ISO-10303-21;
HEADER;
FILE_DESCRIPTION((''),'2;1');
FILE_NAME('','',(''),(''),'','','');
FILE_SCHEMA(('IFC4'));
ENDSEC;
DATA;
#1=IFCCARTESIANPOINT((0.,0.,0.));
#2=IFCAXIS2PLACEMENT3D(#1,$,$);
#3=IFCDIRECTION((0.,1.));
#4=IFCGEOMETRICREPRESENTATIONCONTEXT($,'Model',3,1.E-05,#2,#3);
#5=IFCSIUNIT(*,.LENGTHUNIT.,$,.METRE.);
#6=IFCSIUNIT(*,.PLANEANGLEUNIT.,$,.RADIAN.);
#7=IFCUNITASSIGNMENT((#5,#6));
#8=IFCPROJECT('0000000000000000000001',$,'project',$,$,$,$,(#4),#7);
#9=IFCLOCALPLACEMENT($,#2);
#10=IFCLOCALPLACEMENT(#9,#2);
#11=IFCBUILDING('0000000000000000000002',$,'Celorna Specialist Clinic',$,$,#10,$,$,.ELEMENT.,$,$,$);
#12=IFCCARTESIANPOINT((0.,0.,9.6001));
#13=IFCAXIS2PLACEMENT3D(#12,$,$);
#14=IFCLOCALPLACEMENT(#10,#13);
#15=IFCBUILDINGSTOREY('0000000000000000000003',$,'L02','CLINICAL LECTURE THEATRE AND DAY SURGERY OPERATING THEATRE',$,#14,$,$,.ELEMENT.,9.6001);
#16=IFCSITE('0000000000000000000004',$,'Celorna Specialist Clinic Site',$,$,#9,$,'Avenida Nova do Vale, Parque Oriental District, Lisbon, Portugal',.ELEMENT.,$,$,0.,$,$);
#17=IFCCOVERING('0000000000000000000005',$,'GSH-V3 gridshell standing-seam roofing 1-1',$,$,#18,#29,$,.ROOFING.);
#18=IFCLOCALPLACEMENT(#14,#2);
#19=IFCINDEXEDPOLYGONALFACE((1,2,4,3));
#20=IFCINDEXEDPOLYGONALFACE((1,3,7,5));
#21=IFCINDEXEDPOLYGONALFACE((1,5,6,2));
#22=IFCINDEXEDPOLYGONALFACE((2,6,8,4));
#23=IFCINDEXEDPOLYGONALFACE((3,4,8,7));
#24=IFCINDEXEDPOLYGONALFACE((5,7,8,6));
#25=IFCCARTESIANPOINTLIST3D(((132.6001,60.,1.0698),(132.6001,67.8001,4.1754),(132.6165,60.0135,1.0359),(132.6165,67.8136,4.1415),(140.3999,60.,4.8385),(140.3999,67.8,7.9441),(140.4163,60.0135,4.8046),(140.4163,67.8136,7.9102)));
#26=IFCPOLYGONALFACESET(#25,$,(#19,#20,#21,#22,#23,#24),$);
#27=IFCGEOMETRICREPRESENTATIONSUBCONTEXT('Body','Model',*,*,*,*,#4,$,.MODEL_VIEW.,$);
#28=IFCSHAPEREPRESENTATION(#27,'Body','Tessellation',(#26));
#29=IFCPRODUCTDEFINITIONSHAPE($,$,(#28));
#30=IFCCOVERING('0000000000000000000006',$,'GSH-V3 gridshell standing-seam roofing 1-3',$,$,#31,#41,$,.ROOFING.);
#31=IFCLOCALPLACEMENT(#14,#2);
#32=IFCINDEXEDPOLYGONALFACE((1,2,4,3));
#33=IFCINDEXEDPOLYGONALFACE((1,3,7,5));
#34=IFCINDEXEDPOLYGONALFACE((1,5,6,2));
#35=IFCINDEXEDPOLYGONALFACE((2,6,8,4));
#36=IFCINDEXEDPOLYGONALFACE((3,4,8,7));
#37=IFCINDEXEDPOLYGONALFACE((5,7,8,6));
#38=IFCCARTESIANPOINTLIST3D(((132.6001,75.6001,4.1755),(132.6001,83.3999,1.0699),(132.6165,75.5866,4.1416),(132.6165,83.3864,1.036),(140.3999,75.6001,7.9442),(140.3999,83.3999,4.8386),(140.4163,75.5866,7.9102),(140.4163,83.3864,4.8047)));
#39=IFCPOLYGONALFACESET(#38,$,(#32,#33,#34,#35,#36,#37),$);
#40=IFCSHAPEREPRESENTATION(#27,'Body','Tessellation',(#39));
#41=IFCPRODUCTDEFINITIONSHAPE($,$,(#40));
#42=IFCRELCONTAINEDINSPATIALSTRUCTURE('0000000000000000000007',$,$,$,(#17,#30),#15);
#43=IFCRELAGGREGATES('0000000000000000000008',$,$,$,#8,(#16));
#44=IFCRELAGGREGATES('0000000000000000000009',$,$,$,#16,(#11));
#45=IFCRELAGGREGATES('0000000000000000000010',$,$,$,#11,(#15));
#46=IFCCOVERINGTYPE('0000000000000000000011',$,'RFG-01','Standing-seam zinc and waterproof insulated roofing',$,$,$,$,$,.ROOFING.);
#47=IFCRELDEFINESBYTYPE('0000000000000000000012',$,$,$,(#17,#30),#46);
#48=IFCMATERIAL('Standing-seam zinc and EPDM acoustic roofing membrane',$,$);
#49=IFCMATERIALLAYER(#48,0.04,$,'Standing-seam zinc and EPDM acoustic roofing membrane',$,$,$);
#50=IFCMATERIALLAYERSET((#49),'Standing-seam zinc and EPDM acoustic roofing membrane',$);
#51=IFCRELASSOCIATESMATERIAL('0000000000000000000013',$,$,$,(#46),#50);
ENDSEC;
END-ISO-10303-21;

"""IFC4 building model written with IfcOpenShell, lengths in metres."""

from ifc_helpers import new_model, si_unit, direction, frame, origin, place, context, subcontext, project, spatial, polyline, outline, extrude, material, layer, layer_set, type_object, element, save


model = new_model("IFC4")

# Units and contexts
model_context = context("Model", 3, precision=1e-05, world=origin(), true_north=direction((0.0, 1.0)))
body_context = subcontext(model_context, "Body", "Model", "MODEL_VIEW")
ifc_project = project(units=[si_unit("LENGTHUNIT", "METRE"), si_unit("PLANEANGLEUNIT", "RADIAN")], contexts=[model_context])

# Site, building, storey
site_placement = place(None, origin())
site = spatial("IfcSite", under=ifc_project, at=site_placement, Name="Celorna Specialist Clinic Site", LongName="Avenida Nova do Vale, Parque Oriental District, Lisbon, Portugal", CompositionType="ELEMENT", RefElevation=0.0)
building_placement = place(site_placement, origin())
building = spatial("IfcBuilding", under=site, at=building_placement, Name="Celorna Specialist Clinic", CompositionType="ELEMENT")
storey_placement = place(building_placement, frame((0.0, 0.0, 9.6001)))
storey = spatial("IfcBuildingStorey", under=building, at=storey_placement, Name="L02", Description="CLINICAL LECTURE THEATRE AND DAY SURGERY OPERATING THEATRE", CompositionType="ELEMENT", Elevation=9.6001)

# Coverings
ifc_material_1 = material(Name="Standing-seam zinc and EPDM acoustic roofing membrane")
ifc_layer_1 = layer(ifc_material_1, 0.04, Name="Standing-seam zinc and EPDM acoustic roofing membrane")
ifc_layer_set_1 = layer_set([ifc_layer_1], Name="Standing-seam zinc and EPDM acoustic roofing membrane")
covering_type = type_object("IfcCoveringType", Name="RFG-01", Description="Standing-seam zinc and waterproof insulated roofing", PredefinedType="ROOFING", material=ifc_layer_set_1)
covering_1_placement = place(storey_placement, frame((132.6001, 60.0, 1.0698), z_axis=(-0.409532, -0.337466, 0.847585), x_axis=(0.900404, 0.000004, 0.435055)))
element("IfcCovering", 1, at=covering_1_placement, inside=storey, type_object=covering_type, Name="GSH-V3 gridshell standing-seam roofing 1-1", PredefinedType="ROOFING", context=body_context, shape_type="SweptSolid", body=[
    extrude(outline(polyline([(0.0, 0.0), (8.6626, 0.0), (10.0137, 8.2861), (1.3512, 8.2862), (0.0, 0.0)])), origin(), (0.0, 0.0, -1.0), 0.04),
])
covering_2_placement = place(storey_placement, frame((132.6001, 75.6001, 4.1755), z_axis=(-0.409531, 0.337475, 0.847582), x_axis=(0.900405, 0.000004, 0.435052)))
element("IfcCovering", 2, at=covering_2_placement, inside=storey, type_object=covering_type, Name="GSH-V3 gridshell standing-seam roofing 1-3", PredefinedType="ROOFING", context=body_context, shape_type="SweptSolid", body=[
    extrude(outline(polyline([(0.0, 0.0), (8.6625, 0.0), (7.3115, 8.2859), (-1.3511, 8.2859), (0.0, 0.0)])), origin(), (0.0, 0.0, -1.0), 0.04),
])

save(model, "model.ifc")
